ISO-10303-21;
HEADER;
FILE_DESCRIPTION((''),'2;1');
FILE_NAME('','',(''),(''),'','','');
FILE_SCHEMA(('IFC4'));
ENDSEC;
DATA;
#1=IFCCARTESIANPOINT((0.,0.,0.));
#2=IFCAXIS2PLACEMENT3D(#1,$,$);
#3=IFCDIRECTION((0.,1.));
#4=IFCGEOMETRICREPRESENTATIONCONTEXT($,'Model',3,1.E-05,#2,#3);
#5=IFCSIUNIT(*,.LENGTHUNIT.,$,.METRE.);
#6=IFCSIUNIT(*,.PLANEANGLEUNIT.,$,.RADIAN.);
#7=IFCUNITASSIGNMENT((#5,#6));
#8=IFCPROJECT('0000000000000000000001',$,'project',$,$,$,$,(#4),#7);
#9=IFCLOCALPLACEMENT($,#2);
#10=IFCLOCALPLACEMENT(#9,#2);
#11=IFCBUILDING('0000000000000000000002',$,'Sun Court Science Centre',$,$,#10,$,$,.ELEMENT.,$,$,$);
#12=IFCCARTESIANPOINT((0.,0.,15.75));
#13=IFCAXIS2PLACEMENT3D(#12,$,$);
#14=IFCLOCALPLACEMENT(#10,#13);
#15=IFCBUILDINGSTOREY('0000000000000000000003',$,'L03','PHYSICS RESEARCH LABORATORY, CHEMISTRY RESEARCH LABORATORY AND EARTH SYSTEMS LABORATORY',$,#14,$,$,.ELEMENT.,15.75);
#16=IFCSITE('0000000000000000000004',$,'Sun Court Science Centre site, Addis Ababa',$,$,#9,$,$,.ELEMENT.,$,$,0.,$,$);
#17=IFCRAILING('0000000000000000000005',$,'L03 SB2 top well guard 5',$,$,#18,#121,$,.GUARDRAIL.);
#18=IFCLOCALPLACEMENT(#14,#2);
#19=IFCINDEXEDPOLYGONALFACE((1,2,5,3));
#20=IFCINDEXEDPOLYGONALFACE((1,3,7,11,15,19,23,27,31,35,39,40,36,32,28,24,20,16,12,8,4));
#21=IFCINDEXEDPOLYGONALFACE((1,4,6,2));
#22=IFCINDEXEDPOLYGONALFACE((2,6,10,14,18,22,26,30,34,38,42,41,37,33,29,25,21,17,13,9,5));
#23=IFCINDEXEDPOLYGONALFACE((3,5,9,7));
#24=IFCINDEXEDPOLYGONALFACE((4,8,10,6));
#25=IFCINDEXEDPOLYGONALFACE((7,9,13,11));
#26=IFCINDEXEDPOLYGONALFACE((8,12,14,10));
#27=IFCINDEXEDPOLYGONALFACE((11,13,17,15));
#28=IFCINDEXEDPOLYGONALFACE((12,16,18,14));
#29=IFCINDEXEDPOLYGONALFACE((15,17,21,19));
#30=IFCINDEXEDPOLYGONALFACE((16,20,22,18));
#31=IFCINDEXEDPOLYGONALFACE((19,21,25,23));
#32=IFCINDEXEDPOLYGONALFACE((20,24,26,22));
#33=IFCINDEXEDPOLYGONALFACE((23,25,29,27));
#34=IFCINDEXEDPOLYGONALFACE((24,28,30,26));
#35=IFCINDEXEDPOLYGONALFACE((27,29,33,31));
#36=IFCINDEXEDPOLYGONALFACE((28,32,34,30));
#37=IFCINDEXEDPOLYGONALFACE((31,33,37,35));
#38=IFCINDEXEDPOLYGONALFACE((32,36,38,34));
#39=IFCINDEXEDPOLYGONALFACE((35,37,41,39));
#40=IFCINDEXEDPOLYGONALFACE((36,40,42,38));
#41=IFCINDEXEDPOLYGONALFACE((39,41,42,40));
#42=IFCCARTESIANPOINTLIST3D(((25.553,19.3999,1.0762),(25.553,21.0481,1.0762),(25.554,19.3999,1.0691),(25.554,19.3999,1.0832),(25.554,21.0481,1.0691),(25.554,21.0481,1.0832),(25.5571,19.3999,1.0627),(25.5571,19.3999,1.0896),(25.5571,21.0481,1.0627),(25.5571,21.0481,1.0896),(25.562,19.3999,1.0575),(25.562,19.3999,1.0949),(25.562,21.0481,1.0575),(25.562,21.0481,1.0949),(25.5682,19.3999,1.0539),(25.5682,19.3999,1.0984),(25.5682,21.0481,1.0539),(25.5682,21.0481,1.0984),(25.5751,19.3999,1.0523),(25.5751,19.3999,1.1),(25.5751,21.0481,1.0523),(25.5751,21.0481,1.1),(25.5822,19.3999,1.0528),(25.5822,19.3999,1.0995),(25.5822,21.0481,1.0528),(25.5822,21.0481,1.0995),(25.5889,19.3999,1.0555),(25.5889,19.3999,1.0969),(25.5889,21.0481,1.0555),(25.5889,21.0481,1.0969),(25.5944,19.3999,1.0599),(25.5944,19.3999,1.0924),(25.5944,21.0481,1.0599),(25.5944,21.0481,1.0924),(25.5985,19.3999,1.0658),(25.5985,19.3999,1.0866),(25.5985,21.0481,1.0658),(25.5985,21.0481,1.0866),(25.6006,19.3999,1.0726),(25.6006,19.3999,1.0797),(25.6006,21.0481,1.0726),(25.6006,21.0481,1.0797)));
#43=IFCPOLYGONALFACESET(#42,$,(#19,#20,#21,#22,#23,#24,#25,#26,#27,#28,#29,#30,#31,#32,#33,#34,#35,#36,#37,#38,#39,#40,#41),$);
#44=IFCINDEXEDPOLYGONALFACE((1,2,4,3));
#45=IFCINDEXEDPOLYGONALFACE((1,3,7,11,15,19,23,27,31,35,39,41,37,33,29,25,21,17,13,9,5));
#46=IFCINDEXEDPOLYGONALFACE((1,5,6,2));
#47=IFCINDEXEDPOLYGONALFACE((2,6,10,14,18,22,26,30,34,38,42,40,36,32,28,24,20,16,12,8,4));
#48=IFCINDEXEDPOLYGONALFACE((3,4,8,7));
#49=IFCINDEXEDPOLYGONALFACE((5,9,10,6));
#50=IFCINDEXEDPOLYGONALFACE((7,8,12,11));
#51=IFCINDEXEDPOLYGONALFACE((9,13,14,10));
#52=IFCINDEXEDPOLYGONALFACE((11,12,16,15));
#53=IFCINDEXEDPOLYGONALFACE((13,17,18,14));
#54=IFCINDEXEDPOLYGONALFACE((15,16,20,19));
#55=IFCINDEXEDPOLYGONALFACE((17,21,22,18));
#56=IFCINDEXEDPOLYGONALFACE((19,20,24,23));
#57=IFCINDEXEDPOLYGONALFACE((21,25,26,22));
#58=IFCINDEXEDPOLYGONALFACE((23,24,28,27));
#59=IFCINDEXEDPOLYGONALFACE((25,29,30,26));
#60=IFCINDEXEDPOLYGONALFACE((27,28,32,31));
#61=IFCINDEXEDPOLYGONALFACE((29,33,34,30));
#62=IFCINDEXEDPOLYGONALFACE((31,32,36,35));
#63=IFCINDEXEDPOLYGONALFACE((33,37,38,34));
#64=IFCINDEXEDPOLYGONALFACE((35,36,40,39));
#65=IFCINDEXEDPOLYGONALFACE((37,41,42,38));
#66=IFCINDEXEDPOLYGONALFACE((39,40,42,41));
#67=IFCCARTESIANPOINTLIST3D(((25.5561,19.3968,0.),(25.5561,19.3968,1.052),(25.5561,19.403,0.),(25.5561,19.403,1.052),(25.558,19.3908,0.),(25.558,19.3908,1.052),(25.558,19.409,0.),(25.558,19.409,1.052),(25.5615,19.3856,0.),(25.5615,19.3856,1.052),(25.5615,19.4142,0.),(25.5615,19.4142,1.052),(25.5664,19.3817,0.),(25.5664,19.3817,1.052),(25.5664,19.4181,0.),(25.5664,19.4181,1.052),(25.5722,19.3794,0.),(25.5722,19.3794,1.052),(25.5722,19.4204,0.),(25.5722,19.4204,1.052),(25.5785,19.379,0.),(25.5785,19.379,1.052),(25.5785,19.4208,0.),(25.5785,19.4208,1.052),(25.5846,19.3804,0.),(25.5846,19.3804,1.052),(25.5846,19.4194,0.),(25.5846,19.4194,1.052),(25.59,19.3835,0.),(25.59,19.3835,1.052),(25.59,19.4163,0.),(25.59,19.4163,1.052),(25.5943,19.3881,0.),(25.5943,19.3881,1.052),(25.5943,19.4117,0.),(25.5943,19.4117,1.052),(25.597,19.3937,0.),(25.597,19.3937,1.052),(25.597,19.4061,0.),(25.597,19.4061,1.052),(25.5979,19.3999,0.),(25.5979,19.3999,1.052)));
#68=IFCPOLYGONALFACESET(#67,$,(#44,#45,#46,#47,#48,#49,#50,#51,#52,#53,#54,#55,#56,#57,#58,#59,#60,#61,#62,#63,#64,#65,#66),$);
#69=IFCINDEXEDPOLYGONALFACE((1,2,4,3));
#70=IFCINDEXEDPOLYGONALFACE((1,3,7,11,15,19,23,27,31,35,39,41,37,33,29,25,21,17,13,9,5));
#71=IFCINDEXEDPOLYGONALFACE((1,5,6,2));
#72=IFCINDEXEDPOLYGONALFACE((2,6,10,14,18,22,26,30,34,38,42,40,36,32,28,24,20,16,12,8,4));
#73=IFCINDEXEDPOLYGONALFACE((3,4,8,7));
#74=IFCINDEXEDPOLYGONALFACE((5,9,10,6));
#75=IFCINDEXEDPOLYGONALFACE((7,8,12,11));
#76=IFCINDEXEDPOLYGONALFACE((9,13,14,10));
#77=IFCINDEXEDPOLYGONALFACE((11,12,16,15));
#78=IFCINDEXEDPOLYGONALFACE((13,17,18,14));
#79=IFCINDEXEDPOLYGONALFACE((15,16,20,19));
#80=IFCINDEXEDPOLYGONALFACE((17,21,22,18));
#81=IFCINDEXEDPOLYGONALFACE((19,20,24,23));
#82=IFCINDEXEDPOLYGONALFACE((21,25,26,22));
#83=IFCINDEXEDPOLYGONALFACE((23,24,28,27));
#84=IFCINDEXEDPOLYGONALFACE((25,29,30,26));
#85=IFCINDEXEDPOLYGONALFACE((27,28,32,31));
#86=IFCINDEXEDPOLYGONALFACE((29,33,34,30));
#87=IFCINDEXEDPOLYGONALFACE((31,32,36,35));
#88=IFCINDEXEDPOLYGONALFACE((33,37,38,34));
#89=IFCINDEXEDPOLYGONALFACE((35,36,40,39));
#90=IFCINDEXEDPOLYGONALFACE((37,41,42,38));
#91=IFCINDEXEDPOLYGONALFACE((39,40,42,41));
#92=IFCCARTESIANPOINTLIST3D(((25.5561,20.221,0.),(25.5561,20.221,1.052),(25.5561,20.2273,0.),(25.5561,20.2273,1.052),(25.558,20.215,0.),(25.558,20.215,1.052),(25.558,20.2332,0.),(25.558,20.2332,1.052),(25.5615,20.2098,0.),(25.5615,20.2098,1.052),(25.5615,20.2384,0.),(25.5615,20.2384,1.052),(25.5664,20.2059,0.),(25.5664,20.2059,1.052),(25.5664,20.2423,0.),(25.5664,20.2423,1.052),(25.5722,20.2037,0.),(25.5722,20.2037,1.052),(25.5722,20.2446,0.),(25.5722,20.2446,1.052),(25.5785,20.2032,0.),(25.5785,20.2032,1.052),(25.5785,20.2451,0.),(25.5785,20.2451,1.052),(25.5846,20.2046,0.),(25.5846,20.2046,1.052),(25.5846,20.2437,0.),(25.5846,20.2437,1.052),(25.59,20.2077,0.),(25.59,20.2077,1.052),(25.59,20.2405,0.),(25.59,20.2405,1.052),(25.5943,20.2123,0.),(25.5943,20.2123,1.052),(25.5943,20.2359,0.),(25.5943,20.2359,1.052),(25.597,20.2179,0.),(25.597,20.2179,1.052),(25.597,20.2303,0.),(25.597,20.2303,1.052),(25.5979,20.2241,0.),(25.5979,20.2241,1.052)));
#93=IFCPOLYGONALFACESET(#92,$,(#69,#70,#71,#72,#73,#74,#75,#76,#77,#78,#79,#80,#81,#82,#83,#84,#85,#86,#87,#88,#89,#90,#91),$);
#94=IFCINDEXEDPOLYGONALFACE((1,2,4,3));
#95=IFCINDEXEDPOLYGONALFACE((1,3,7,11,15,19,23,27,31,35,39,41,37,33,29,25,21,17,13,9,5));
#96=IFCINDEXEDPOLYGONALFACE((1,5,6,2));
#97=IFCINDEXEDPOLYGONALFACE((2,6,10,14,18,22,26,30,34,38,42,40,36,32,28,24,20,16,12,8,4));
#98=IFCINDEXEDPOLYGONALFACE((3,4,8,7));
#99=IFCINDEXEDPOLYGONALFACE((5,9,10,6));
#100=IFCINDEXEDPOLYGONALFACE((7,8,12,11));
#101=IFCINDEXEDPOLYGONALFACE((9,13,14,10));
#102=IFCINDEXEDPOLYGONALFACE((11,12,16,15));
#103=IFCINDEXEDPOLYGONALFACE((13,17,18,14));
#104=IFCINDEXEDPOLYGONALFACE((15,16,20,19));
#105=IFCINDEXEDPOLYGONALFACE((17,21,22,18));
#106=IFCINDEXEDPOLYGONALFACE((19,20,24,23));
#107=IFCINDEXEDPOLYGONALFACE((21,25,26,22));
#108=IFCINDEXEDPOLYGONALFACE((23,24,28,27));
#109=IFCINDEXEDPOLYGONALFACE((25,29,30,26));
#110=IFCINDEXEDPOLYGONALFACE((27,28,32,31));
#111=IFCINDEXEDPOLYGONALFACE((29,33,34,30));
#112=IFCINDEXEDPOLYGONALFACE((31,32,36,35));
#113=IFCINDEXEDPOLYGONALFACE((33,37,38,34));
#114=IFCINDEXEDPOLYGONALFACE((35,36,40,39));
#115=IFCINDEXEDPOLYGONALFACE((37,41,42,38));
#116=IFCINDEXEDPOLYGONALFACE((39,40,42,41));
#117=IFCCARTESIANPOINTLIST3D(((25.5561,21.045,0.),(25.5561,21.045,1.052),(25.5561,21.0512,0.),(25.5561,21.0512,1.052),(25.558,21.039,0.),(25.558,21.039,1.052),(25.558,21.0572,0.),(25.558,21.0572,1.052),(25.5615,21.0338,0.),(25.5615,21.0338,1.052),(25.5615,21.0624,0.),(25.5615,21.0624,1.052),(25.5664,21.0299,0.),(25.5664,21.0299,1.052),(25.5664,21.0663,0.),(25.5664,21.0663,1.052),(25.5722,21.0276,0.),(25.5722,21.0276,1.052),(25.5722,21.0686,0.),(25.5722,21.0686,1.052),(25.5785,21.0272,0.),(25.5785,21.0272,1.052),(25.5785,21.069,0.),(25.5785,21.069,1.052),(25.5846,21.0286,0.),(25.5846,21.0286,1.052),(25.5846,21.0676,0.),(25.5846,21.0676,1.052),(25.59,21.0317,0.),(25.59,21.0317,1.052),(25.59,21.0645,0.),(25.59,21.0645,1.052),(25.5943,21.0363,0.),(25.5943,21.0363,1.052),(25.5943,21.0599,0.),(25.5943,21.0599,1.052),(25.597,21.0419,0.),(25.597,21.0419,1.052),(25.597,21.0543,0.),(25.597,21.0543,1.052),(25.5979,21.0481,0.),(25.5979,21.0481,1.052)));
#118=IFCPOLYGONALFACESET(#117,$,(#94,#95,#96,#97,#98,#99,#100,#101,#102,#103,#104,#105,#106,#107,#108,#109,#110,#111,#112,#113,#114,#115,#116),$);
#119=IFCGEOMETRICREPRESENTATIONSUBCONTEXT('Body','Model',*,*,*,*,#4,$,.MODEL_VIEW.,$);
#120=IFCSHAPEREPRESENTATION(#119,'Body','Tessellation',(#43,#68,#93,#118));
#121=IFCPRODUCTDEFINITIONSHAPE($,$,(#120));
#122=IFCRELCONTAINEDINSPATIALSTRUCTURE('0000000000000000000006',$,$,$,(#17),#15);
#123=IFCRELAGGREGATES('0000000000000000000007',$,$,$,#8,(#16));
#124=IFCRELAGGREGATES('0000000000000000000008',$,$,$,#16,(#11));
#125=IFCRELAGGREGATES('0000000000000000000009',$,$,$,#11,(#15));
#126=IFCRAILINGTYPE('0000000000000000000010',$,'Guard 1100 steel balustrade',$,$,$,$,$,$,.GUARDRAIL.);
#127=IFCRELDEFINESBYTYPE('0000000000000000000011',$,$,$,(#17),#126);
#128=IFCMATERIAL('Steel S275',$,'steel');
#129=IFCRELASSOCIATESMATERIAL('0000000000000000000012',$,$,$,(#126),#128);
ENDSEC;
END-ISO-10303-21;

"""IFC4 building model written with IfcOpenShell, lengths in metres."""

from ifc_helpers import new_model, si_unit, direction, frame, origin, origin_2d, place, context, subcontext, project, spatial, circle, extrude, material, type_object, element, save


model = new_model("IFC4")

# Units and contexts
model_context = context("Model", 3, precision=1e-05, world=origin(), true_north=direction((0.0, 1.0)))
body_context = subcontext(model_context, "Body", "Model", "MODEL_VIEW")
ifc_project = project(units=[si_unit("LENGTHUNIT", "METRE"), si_unit("PLANEANGLEUNIT", "RADIAN")], contexts=[model_context])

# Site, building, storey
site_placement = place(None, origin())
site = spatial("IfcSite", under=ifc_project, at=site_placement, Name="Sun Court Science Centre site, Addis Ababa", CompositionType="ELEMENT", RefElevation=0.0)
building_placement = place(site_placement, origin())
building = spatial("IfcBuilding", under=site, at=building_placement, Name="Sun Court Science Centre", CompositionType="ELEMENT")
storey_placement = place(building_placement, frame((0.0, 0.0, 15.75)))
storey = spatial("IfcBuildingStorey", under=building, at=storey_placement, Name="L03", Description="PHYSICS RESEARCH LABORATORY, CHEMISTRY RESEARCH LABORATORY AND EARTH SYSTEMS LABORATORY", CompositionType="ELEMENT", Elevation=15.75)

# Railing
ifc_material_1 = material(Name="Steel S275", Category="steel")
railing_type_1 = type_object("IfcRailingType", Name="Guard 1100 steel balustrade", PredefinedType="GUARDRAIL", material=ifc_material_1)
railing_1_placement = place(storey_placement, frame((25.5769, 19.3999, 0.0)))
element("IfcRailing", 1, at=railing_1_placement, inside=storey, type_object=railing_type_1, Name="L03 SB2 top well guard 5", PredefinedType="GUARDRAIL", context=body_context, shape_type="SweptSolid", body=[
    extrude(circle(Radius=0.0239, at=origin_2d()), frame((0.0, 0.0, 1.0762), z_axis=(0.0, 1.0, 0.0), x_axis=(-1.0, 0.0, 0.0)), (0.0, 0.0, 1.0), 1.6482),
    extrude(circle(Radius=0.021, at=origin_2d()), origin(), (0.0, 0.0, 1.0), 1.052),
    extrude(circle(Radius=0.021, at=origin_2d()), frame((0.0, 0.8242, 0.0)), (0.0, 0.0, 1.0), 1.052),
    extrude(circle(Radius=0.021, at=origin_2d()), frame((0.0, 1.6482, 0.0)), (0.0, 0.0, 1.0), 1.052),
])

save(model, "model.ifc")
